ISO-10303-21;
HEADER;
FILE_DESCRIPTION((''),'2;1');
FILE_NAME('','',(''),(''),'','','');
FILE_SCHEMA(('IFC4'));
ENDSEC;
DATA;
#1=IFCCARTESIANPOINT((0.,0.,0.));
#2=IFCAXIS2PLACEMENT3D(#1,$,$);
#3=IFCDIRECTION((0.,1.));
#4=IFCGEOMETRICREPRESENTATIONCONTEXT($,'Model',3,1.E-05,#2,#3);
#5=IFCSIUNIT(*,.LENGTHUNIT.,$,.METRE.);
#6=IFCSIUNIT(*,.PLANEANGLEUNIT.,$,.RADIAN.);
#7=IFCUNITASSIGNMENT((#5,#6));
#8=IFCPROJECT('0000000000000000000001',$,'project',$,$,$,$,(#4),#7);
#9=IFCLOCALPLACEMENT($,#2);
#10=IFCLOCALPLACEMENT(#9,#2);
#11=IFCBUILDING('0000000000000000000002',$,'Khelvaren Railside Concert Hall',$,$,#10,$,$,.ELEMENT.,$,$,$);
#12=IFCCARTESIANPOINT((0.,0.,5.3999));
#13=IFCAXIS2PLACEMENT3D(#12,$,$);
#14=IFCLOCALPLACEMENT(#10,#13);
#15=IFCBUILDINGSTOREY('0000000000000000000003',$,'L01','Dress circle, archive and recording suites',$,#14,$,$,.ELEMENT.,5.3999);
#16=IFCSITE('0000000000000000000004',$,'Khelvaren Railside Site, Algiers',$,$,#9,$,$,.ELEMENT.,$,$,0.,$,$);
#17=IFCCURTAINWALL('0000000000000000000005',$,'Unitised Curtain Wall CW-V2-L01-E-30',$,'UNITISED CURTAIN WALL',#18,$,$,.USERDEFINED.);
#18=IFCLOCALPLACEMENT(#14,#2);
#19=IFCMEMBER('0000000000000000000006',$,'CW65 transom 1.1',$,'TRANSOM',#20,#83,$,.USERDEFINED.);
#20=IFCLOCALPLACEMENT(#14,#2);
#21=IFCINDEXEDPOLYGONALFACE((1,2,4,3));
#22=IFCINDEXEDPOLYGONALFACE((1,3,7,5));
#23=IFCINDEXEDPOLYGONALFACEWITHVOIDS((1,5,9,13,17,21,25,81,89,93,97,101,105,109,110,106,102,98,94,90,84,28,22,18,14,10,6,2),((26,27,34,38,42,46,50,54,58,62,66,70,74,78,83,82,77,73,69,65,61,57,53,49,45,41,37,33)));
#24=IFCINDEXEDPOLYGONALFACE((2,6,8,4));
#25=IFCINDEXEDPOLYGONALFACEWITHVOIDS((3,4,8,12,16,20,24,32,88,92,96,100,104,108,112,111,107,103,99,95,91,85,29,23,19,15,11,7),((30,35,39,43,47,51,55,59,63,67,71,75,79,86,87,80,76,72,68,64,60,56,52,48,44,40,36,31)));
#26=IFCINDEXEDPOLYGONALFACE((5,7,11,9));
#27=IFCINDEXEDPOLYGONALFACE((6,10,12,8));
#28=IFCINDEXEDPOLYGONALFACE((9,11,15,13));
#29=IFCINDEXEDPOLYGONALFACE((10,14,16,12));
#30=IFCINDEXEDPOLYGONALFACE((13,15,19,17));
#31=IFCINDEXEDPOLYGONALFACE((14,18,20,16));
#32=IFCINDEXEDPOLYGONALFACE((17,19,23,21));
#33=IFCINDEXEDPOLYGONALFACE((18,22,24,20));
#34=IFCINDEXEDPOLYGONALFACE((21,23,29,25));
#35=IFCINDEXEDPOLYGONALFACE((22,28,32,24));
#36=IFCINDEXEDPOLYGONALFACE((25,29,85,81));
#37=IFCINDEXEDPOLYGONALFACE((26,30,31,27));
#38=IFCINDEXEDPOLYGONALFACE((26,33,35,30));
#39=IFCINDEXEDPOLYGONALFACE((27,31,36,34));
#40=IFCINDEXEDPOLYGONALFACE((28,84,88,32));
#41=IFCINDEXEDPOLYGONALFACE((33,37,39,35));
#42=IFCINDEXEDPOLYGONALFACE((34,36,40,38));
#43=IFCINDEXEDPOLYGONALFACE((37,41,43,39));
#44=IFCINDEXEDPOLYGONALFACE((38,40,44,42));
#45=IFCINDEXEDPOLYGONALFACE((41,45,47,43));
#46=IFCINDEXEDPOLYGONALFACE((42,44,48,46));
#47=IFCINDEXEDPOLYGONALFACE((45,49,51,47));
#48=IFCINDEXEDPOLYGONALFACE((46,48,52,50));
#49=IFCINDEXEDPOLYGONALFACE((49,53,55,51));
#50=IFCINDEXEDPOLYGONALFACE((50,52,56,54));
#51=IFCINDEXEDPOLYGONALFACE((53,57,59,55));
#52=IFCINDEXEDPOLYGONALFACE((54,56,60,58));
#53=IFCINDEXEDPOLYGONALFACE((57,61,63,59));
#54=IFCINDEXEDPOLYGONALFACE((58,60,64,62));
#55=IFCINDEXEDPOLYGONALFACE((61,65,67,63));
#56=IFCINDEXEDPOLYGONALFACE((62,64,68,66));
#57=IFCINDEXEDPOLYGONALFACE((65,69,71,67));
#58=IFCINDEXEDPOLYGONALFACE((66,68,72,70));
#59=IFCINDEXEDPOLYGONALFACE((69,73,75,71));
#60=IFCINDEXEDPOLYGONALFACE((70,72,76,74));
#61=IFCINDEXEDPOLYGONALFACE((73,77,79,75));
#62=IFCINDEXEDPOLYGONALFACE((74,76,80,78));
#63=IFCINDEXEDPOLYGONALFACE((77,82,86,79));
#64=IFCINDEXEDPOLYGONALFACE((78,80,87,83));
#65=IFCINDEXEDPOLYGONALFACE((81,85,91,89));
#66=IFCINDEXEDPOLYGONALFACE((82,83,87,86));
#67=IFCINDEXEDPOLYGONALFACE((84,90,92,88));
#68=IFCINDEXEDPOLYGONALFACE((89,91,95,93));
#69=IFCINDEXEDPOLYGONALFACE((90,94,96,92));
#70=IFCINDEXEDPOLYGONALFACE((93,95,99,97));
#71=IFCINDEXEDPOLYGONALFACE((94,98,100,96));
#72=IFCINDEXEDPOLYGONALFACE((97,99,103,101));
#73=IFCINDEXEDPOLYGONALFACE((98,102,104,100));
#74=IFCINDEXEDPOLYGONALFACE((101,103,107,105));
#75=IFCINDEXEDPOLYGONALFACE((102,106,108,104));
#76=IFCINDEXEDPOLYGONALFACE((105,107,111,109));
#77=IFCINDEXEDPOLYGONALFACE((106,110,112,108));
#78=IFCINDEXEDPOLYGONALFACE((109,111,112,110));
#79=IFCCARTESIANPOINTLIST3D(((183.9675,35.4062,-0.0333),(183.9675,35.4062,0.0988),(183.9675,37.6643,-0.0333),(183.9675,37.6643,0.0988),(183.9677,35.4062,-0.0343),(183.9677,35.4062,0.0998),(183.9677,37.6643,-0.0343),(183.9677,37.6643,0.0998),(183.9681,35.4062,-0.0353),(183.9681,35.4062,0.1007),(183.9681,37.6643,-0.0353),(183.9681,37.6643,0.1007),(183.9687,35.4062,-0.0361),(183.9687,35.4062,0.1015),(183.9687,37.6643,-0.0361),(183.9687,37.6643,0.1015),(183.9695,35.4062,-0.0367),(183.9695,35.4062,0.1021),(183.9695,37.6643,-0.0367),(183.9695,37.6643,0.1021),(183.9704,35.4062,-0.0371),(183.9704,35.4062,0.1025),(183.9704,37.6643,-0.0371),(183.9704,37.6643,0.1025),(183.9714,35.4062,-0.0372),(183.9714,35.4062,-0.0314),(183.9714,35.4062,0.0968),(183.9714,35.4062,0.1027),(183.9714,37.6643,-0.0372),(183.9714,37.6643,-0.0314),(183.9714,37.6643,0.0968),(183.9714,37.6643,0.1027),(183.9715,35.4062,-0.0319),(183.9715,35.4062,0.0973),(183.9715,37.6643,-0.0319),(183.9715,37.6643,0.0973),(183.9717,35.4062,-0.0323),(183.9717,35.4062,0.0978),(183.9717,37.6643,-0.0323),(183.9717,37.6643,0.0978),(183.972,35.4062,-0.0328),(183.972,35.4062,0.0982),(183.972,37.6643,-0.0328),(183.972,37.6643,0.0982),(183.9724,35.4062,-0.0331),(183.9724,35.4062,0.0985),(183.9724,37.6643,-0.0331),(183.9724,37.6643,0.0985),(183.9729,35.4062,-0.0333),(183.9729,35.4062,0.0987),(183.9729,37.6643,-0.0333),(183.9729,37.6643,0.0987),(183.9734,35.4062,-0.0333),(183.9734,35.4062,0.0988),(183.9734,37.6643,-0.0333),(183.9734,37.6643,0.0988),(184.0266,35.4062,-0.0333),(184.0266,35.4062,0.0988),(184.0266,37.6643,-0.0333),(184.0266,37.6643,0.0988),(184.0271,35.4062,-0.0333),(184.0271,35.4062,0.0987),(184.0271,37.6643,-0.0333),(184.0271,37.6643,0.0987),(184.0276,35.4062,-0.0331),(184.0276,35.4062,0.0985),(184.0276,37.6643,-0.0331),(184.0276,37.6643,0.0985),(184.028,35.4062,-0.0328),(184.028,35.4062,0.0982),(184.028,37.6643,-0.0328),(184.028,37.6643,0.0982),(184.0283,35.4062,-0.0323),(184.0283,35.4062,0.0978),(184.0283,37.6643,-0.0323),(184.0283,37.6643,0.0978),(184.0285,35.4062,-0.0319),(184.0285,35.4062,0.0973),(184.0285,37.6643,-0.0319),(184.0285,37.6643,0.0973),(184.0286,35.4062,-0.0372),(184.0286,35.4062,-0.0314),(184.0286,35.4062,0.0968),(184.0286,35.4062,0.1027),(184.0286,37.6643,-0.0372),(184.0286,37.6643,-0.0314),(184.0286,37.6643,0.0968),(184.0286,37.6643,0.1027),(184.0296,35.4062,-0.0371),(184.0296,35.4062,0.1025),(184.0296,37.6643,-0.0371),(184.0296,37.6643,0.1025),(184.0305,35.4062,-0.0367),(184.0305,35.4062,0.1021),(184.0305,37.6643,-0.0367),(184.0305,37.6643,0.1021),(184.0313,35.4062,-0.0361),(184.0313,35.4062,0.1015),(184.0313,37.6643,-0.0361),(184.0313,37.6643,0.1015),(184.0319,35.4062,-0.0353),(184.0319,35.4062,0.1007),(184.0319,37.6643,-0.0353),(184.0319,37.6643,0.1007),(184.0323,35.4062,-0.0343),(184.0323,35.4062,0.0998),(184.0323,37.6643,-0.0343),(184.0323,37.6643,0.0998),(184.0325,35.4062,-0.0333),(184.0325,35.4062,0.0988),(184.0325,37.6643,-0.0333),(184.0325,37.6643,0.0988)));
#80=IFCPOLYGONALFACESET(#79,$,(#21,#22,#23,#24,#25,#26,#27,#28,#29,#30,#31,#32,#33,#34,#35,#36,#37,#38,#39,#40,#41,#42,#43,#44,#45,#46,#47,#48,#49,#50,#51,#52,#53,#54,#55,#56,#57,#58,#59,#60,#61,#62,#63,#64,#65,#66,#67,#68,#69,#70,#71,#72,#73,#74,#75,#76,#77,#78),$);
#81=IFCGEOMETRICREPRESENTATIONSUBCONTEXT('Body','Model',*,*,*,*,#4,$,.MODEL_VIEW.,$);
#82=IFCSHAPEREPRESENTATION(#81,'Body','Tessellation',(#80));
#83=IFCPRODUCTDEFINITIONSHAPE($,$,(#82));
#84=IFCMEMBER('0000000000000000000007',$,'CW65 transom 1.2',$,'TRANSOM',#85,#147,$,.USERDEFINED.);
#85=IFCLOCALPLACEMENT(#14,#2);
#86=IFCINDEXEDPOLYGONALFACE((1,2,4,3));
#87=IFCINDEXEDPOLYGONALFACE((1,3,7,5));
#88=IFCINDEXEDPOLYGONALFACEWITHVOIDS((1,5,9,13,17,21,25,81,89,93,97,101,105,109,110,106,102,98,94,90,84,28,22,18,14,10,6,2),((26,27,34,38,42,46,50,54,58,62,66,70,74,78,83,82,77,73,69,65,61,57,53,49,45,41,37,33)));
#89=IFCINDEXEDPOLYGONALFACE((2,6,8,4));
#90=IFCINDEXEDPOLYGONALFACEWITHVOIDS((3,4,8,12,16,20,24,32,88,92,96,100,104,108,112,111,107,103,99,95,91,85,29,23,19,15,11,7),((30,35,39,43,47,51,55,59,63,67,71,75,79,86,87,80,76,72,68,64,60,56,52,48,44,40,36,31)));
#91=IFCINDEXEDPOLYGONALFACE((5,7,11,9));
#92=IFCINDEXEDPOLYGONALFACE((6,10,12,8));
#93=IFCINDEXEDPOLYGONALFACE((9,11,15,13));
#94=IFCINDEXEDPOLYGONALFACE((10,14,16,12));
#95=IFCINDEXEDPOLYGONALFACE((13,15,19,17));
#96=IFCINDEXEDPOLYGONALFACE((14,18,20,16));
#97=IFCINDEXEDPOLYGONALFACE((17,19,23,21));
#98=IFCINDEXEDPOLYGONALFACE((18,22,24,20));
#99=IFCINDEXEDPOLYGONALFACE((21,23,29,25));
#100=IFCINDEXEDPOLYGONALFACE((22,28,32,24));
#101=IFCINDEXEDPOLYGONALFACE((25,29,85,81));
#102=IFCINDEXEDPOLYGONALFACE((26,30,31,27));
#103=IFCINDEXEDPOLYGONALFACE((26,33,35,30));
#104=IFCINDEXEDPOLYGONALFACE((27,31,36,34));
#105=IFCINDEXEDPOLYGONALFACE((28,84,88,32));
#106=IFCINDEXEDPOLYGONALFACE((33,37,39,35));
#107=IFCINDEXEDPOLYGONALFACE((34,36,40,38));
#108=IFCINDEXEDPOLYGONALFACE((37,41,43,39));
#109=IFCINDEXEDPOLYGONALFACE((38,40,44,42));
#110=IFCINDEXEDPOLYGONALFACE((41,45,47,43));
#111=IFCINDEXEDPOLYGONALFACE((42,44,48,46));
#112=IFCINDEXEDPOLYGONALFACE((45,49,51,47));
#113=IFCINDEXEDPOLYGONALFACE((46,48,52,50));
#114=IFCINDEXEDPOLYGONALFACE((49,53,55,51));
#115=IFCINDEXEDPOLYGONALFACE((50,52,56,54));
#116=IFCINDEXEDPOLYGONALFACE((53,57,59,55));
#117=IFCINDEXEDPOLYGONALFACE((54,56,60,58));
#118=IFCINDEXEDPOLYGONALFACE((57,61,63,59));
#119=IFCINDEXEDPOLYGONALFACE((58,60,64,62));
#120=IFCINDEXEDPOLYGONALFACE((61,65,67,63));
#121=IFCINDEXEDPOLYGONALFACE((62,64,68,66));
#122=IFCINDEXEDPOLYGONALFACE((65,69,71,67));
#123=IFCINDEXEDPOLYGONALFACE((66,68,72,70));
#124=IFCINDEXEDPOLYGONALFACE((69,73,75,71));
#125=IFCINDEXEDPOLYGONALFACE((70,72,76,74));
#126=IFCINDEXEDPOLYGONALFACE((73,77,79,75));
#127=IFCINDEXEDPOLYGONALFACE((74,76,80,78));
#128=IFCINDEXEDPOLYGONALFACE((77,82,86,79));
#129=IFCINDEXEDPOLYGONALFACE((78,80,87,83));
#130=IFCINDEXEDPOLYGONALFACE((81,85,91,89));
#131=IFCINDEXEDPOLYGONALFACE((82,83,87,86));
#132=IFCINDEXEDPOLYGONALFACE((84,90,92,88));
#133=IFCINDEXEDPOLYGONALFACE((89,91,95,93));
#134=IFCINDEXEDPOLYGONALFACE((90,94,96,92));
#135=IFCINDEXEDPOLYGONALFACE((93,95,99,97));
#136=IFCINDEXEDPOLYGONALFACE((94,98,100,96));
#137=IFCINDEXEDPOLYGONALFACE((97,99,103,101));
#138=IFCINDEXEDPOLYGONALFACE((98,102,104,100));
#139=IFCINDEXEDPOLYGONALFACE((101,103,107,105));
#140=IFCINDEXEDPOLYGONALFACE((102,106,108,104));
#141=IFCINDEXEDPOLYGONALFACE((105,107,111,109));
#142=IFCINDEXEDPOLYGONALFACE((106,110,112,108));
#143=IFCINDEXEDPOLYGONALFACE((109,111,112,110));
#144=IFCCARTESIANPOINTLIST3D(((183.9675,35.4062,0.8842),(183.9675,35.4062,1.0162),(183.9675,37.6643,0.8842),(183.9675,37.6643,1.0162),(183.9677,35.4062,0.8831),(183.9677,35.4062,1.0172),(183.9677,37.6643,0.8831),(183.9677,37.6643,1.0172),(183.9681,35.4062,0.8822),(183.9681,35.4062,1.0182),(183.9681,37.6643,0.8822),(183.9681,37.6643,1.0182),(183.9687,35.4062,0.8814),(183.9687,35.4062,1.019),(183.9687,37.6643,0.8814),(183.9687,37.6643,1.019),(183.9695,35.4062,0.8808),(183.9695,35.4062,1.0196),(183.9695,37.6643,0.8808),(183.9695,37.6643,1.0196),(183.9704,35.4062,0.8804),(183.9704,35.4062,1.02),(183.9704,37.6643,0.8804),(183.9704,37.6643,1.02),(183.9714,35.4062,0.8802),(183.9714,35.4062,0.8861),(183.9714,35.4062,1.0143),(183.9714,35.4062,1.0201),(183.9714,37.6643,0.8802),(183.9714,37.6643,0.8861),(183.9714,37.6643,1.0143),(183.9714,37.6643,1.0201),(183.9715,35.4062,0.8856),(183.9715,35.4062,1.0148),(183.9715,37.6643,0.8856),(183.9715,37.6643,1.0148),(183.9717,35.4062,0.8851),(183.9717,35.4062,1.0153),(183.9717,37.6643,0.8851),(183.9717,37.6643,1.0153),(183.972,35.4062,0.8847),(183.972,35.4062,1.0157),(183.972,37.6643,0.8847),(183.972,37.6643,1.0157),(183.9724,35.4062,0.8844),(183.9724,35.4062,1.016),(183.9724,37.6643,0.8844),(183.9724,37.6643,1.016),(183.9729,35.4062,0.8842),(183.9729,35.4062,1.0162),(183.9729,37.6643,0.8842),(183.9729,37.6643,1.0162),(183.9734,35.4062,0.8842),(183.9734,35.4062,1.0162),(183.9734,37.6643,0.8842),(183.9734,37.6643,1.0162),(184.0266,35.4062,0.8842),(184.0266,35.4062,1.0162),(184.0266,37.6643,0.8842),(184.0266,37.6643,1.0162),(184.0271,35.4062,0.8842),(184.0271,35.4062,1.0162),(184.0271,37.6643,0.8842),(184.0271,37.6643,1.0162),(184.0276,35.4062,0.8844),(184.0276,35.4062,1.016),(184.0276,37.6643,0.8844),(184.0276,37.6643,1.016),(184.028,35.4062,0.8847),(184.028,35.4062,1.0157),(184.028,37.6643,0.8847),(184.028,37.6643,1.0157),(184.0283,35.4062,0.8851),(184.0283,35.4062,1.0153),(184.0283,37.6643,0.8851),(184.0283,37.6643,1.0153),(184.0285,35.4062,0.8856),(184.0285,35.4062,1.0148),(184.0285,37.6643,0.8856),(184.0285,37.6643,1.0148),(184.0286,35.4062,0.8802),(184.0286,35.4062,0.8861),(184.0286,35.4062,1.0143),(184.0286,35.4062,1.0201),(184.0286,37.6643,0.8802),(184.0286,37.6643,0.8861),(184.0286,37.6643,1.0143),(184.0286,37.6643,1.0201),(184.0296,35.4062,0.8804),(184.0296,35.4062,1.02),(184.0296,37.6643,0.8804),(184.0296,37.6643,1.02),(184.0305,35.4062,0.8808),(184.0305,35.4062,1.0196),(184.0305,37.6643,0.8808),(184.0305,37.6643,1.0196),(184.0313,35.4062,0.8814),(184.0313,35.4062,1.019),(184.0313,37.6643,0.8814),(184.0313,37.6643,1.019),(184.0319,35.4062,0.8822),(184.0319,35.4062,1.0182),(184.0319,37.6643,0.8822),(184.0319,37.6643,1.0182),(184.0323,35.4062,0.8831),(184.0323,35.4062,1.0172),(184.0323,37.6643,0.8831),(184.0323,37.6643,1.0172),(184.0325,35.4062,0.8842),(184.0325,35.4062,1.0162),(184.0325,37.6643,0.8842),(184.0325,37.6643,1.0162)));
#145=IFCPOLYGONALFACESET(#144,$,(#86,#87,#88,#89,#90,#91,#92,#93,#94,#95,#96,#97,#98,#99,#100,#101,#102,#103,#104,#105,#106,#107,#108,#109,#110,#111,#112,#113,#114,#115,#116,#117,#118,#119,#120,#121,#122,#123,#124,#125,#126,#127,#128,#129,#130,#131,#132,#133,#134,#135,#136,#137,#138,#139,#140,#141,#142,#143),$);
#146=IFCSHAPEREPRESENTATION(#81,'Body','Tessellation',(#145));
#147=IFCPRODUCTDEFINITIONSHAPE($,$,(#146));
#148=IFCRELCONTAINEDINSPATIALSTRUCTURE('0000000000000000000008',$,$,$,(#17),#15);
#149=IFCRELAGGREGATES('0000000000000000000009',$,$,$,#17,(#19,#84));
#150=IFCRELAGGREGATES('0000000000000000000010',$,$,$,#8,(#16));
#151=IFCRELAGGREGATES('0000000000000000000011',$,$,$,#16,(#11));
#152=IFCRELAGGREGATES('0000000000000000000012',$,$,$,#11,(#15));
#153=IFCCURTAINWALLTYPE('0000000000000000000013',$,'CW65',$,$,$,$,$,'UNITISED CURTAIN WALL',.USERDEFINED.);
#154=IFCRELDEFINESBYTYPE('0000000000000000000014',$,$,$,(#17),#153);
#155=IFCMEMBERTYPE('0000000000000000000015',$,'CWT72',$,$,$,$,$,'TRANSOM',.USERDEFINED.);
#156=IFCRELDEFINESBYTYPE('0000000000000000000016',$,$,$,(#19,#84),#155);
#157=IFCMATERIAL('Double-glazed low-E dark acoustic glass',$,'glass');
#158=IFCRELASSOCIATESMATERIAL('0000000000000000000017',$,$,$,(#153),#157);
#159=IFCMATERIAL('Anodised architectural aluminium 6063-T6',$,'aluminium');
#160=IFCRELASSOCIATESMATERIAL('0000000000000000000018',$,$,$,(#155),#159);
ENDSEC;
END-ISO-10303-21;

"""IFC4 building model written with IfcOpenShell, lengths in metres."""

from ifc_helpers import new_model, si_unit, direction, frame, origin, origin_2d, place, context, subcontext, project, spatial, hollow_rectangle, extrude, material, material_profile, profile_set, type_object, element, aggregate, save


model = new_model("IFC4")

# Units and contexts
model_context = context("Model", 3, precision=1e-05, world=origin(), true_north=direction((0.0, 1.0)))
body_context = subcontext(model_context, "Body", "Model", "MODEL_VIEW")
ifc_project = project(units=[si_unit("LENGTHUNIT", "METRE"), si_unit("PLANEANGLEUNIT", "RADIAN")], contexts=[model_context])

# Site, building, storey
site_placement = place(None, origin())
site = spatial("IfcSite", under=ifc_project, at=site_placement, Name="Khelvaren Railside Site, Algiers", CompositionType="ELEMENT", RefElevation=0.0)
building_placement = place(site_placement, origin())
building = spatial("IfcBuilding", under=site, at=building_placement, Name="Khelvaren Railside Concert Hall", CompositionType="ELEMENT")
storey_placement = place(building_placement, frame((0.0, 0.0, 5.3999)))
storey = spatial("IfcBuildingStorey", under=building, at=storey_placement, Name="L01", Description="Dress circle, archive and recording suites", CompositionType="ELEMENT", Elevation=5.3999)

# Curtain wall, members
ifc_material_1 = material(Name="Double-glazed low-E dark acoustic glass", Category="glass")
curtain_wall_type = type_object("IfcCurtainWallType", Name="CW65", ElementType="UNITISED CURTAIN WALL", PredefinedType="USERDEFINED", material=ifc_material_1)
curtain_wall_placement = place(storey_placement, origin())
curtain_wall = element("IfcCurtainWall", 1, at=curtain_wall_placement, inside=storey, type_object=curtain_wall_type, Name="Unitised Curtain Wall CW-V2-L01-E-30", ObjectType="UNITISED CURTAIN WALL", PredefinedType="USERDEFINED")
ifc_material_2 = material(Name="Anodised architectural aluminium 6063-T6", Category="aluminium")
ifc_material_profile_1 = material_profile(ifc_material_2, hollow_rectangle(XDim=0.0649, YDim=0.1399, WallThickness=0.0039, InnerFilletRadius=0.002, OuterFilletRadius=0.0039, at=origin_2d()), Name="CWT 65x140x4")
ifc_profile_set_1 = profile_set([ifc_material_profile_1], Name="Anodised architectural aluminium 6063-T6")
member_type_1 = type_object("IfcMemberType", Name="CWT72", ElementType="TRANSOM", PredefinedType="USERDEFINED", material=ifc_profile_set_1)
member_1_placement = place(storey_placement, frame((184.0, 37.6643, 0.0327), z_axis=(0.0, -1.0, 0.0), x_axis=(1.0, 0.0, 0.0)))
member_1 = element("IfcMember", 2, at=member_1_placement, type_object=member_type_1, Name="CW65 transom 1.1", ObjectType="TRANSOM", PredefinedType="USERDEFINED", context=body_context, shape_type="SweptSolid", body=[
    extrude(hollow_rectangle(XDim=0.0649, YDim=0.1399, WallThickness=0.0039, InnerFilletRadius=0.002, OuterFilletRadius=0.0039, at=origin_2d()), origin(), (0.0, 0.0, 1.0), 2.2581),
])
member_2_placement = place(storey_placement, frame((184.0, 37.6643, 0.9502), z_axis=(0.0, -1.0, 0.0), x_axis=(1.0, 0.0, 0.0)))
member_2 = element("IfcMember", 3, at=member_2_placement, type_object=member_type_1, Name="CW65 transom 1.2", ObjectType="TRANSOM", PredefinedType="USERDEFINED", context=body_context, shape_type="SweptSolid", body=[
    extrude(hollow_rectangle(XDim=0.0649, YDim=0.1399, WallThickness=0.0039, InnerFilletRadius=0.002, OuterFilletRadius=0.0039, at=origin_2d()), origin(), (0.0, 0.0, 1.0), 2.2581),
])

aggregate(curtain_wall, [member_1, member_2])

save(model, "model.ifc")
